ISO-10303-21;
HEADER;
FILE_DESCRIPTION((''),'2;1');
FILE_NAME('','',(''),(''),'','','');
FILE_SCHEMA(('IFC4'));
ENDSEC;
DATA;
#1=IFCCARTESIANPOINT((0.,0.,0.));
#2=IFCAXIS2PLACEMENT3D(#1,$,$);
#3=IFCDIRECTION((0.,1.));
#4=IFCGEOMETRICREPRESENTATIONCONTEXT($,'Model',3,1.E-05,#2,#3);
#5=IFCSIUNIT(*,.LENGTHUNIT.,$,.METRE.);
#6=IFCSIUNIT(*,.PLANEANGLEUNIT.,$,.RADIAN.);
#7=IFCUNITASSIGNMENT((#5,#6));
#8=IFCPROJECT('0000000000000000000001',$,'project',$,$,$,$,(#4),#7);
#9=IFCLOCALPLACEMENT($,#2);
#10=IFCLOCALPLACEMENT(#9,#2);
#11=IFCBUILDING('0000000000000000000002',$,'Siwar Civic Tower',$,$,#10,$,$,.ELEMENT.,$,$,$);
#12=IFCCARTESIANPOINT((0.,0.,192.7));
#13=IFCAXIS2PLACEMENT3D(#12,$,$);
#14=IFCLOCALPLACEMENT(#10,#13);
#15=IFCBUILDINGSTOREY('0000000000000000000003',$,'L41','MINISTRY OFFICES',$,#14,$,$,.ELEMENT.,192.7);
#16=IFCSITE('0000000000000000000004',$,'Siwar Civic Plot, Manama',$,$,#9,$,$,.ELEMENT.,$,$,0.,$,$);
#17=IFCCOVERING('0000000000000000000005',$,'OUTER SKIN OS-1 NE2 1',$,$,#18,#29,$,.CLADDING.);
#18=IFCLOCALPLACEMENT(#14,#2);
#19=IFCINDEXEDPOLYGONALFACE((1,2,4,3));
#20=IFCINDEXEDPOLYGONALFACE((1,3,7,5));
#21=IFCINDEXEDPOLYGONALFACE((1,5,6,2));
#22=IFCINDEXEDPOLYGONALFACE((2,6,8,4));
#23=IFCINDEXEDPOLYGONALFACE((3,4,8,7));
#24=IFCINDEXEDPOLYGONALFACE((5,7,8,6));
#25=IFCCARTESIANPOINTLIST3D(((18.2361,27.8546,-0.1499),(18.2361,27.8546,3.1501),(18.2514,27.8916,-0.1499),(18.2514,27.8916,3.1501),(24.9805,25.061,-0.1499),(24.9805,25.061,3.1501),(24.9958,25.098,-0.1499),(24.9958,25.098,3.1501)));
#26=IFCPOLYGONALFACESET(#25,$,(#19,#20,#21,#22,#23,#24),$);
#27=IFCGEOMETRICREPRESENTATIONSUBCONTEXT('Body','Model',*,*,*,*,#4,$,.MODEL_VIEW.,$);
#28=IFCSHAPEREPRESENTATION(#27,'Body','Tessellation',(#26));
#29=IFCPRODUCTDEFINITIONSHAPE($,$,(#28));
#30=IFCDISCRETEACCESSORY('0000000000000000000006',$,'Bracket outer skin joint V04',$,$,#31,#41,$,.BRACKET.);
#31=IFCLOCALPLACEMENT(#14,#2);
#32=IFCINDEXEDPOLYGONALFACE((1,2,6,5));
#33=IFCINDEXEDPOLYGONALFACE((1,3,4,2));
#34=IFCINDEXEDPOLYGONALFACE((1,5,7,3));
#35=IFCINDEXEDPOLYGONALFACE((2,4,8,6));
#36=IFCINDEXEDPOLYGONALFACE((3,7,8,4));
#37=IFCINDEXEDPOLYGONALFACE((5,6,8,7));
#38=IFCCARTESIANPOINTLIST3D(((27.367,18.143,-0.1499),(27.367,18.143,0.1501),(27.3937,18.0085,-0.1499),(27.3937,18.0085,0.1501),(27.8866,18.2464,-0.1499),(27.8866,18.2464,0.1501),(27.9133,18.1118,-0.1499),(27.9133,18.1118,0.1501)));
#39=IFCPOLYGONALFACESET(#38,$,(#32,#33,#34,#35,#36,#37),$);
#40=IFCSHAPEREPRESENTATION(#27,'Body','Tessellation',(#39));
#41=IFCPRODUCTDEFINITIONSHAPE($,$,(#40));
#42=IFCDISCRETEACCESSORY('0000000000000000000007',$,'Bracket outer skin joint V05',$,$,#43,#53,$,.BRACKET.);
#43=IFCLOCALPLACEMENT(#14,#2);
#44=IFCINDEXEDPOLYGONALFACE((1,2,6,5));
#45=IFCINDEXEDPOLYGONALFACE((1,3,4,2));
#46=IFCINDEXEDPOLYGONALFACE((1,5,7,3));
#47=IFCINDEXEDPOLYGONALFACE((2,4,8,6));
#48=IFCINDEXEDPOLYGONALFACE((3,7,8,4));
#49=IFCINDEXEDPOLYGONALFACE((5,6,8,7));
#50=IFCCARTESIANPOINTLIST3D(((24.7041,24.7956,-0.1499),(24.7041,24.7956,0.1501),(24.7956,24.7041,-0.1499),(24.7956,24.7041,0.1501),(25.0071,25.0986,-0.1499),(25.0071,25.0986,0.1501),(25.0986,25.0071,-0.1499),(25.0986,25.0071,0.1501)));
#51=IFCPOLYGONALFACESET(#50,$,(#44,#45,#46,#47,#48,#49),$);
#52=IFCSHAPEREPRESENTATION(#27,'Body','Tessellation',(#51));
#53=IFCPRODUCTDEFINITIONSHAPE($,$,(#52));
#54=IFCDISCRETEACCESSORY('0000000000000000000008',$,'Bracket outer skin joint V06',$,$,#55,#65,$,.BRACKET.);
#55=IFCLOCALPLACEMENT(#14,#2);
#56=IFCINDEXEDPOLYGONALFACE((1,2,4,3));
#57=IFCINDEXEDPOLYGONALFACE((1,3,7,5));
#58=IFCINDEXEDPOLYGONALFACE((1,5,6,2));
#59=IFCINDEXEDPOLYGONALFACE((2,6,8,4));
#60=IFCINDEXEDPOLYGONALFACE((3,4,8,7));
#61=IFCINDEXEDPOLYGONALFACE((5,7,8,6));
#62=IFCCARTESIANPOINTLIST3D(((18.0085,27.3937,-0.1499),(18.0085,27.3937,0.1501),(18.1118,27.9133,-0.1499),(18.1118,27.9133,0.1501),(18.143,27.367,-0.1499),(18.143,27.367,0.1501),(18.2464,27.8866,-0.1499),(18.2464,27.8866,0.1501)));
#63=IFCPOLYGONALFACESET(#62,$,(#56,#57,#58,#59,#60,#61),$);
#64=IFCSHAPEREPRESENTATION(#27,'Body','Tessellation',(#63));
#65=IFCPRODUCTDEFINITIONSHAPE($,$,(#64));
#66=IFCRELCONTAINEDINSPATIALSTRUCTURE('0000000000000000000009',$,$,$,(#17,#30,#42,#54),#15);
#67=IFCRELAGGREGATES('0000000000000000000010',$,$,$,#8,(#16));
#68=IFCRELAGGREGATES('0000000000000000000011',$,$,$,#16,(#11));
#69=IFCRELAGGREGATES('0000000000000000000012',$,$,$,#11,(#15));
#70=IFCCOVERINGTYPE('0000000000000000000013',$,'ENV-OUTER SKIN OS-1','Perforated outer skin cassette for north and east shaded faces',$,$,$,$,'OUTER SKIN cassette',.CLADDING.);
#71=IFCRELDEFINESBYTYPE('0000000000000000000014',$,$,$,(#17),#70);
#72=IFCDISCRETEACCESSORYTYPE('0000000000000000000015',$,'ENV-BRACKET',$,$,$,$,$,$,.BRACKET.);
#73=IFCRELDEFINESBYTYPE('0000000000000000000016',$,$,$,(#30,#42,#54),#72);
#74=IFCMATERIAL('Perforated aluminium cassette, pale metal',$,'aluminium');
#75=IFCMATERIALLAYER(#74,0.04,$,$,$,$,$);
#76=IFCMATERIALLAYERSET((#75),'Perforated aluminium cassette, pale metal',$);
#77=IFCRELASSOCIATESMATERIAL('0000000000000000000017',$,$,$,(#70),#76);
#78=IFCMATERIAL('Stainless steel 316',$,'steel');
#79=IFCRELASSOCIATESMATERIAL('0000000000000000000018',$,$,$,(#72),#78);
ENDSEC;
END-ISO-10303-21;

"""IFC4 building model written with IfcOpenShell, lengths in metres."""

from ifc_helpers import new_model, si_unit, direction, frame, origin, origin_2d, place, context, subcontext, project, spatial, rectangle, extrude, material, layer, layer_set, type_object, element, save


model = new_model("IFC4")

# Units and contexts
model_context = context("Model", 3, precision=1e-05, world=origin(), true_north=direction((0.0, 1.0)))
body_context = subcontext(model_context, "Body", "Model", "MODEL_VIEW")
ifc_project = project(units=[si_unit("LENGTHUNIT", "METRE"), si_unit("PLANEANGLEUNIT", "RADIAN")], contexts=[model_context])

# Site, building, storey
site_placement = place(None, origin())
site = spatial("IfcSite", under=ifc_project, at=site_placement, Name="Siwar Civic Plot, Manama", CompositionType="ELEMENT", RefElevation=0.0)
building_placement = place(site_placement, origin())
building = spatial("IfcBuilding", under=site, at=building_placement, Name="Siwar Civic Tower", CompositionType="ELEMENT")
storey_placement = place(building_placement, frame((0.0, 0.0, 192.7)))
storey = spatial("IfcBuildingStorey", under=building, at=storey_placement, Name="L41", Description="MINISTRY OFFICES", CompositionType="ELEMENT", Elevation=192.7)

# Covering
ifc_material_1 = material(Name="Perforated aluminium cassette, pale metal", Category="aluminium")
ifc_layer_1 = layer(ifc_material_1, 0.04)
ifc_layer_set_1 = layer_set([ifc_layer_1], Name="Perforated aluminium cassette, pale metal")
covering_type = type_object("IfcCoveringType", Name="ENV-OUTER SKIN OS-1", Description="Perforated outer skin cassette for north and east shaded faces", ElementType="OUTER SKIN cassette", PredefinedType="CLADDING", material=ifc_layer_set_1)
for number, where, z_axis, x_axis, name in (
    (1, (21.616, 26.4763, -0.1499), (0.0, 0.0, 1.0), (-0.92388, 0.382683, 0.0), "OUTER SKIN OS-1 NE2 1"),
):
    element("IfcCovering", number, at=place(storey_placement, frame(where, z_axis=z_axis, x_axis=x_axis)), inside=storey, type_object=covering_type, Name=name, PredefinedType="CLADDING", context=body_context, shape_type="SweptSolid", body=[
        extrude(rectangle(XDim=7.3, YDim=0.04, at=origin_2d()), origin(), (0.0, 0.0, 1.0), 3.3),
    ])

# Discrete accessories
ifc_material_2 = material(Name="Stainless steel 316", Category="steel")
discrete_accessory_type = type_object("IfcDiscreteAccessoryType", Name="ENV-BRACKET", PredefinedType="BRACKET", material=ifc_material_2)
discrete_accessory_1_placement = place(storey_placement, frame((27.6401, 18.1274, -0.1499), z_axis=(0.0, 0.0, 1.0), x_axis=(0.980785, 0.19509, 0.0)))
element("IfcDiscreteAccessory", 2, at=discrete_accessory_1_placement, inside=storey, type_object=discrete_accessory_type, Name="Bracket outer skin joint V04", PredefinedType="BRACKET", context=body_context, shape_type="SweptSolid", body=[
    extrude(rectangle(XDim=0.5298, YDim=0.1372, at=origin_2d()), origin(), (0.0, 0.0, 1.0), 0.3),
])
discrete_accessory_2_placement = place(storey_placement, frame((24.9014, 24.9014, -0.1499), z_axis=(0.0, 0.0, 1.0), x_axis=(0.707107, 0.707107, 0.0)))
element("IfcDiscreteAccessory", 3, at=discrete_accessory_2_placement, inside=storey, type_object=discrete_accessory_type, Name="Bracket outer skin joint V05", PredefinedType="BRACKET", context=body_context, shape_type="SweptSolid", body=[
    extrude(rectangle(XDim=0.4285, YDim=0.1294, at=origin_2d()), origin(), (0.0, 0.0, 1.0), 0.3),
])
discrete_accessory_3_placement = place(storey_placement, frame((18.1274, 27.6401, -0.1499), z_axis=(0.0, 0.0, 1.0), x_axis=(0.19509, 0.980785, 0.0)))
element("IfcDiscreteAccessory", 4, at=discrete_accessory_3_placement, inside=storey, type_object=discrete_accessory_type, Name="Bracket outer skin joint V06", PredefinedType="BRACKET", context=body_context, shape_type="SweptSolid", body=[
    extrude(rectangle(XDim=0.5298, YDim=0.1372, at=origin_2d()), origin(), (0.0, 0.0, 1.0), 0.3),
])

save(model, "model.ifc")
